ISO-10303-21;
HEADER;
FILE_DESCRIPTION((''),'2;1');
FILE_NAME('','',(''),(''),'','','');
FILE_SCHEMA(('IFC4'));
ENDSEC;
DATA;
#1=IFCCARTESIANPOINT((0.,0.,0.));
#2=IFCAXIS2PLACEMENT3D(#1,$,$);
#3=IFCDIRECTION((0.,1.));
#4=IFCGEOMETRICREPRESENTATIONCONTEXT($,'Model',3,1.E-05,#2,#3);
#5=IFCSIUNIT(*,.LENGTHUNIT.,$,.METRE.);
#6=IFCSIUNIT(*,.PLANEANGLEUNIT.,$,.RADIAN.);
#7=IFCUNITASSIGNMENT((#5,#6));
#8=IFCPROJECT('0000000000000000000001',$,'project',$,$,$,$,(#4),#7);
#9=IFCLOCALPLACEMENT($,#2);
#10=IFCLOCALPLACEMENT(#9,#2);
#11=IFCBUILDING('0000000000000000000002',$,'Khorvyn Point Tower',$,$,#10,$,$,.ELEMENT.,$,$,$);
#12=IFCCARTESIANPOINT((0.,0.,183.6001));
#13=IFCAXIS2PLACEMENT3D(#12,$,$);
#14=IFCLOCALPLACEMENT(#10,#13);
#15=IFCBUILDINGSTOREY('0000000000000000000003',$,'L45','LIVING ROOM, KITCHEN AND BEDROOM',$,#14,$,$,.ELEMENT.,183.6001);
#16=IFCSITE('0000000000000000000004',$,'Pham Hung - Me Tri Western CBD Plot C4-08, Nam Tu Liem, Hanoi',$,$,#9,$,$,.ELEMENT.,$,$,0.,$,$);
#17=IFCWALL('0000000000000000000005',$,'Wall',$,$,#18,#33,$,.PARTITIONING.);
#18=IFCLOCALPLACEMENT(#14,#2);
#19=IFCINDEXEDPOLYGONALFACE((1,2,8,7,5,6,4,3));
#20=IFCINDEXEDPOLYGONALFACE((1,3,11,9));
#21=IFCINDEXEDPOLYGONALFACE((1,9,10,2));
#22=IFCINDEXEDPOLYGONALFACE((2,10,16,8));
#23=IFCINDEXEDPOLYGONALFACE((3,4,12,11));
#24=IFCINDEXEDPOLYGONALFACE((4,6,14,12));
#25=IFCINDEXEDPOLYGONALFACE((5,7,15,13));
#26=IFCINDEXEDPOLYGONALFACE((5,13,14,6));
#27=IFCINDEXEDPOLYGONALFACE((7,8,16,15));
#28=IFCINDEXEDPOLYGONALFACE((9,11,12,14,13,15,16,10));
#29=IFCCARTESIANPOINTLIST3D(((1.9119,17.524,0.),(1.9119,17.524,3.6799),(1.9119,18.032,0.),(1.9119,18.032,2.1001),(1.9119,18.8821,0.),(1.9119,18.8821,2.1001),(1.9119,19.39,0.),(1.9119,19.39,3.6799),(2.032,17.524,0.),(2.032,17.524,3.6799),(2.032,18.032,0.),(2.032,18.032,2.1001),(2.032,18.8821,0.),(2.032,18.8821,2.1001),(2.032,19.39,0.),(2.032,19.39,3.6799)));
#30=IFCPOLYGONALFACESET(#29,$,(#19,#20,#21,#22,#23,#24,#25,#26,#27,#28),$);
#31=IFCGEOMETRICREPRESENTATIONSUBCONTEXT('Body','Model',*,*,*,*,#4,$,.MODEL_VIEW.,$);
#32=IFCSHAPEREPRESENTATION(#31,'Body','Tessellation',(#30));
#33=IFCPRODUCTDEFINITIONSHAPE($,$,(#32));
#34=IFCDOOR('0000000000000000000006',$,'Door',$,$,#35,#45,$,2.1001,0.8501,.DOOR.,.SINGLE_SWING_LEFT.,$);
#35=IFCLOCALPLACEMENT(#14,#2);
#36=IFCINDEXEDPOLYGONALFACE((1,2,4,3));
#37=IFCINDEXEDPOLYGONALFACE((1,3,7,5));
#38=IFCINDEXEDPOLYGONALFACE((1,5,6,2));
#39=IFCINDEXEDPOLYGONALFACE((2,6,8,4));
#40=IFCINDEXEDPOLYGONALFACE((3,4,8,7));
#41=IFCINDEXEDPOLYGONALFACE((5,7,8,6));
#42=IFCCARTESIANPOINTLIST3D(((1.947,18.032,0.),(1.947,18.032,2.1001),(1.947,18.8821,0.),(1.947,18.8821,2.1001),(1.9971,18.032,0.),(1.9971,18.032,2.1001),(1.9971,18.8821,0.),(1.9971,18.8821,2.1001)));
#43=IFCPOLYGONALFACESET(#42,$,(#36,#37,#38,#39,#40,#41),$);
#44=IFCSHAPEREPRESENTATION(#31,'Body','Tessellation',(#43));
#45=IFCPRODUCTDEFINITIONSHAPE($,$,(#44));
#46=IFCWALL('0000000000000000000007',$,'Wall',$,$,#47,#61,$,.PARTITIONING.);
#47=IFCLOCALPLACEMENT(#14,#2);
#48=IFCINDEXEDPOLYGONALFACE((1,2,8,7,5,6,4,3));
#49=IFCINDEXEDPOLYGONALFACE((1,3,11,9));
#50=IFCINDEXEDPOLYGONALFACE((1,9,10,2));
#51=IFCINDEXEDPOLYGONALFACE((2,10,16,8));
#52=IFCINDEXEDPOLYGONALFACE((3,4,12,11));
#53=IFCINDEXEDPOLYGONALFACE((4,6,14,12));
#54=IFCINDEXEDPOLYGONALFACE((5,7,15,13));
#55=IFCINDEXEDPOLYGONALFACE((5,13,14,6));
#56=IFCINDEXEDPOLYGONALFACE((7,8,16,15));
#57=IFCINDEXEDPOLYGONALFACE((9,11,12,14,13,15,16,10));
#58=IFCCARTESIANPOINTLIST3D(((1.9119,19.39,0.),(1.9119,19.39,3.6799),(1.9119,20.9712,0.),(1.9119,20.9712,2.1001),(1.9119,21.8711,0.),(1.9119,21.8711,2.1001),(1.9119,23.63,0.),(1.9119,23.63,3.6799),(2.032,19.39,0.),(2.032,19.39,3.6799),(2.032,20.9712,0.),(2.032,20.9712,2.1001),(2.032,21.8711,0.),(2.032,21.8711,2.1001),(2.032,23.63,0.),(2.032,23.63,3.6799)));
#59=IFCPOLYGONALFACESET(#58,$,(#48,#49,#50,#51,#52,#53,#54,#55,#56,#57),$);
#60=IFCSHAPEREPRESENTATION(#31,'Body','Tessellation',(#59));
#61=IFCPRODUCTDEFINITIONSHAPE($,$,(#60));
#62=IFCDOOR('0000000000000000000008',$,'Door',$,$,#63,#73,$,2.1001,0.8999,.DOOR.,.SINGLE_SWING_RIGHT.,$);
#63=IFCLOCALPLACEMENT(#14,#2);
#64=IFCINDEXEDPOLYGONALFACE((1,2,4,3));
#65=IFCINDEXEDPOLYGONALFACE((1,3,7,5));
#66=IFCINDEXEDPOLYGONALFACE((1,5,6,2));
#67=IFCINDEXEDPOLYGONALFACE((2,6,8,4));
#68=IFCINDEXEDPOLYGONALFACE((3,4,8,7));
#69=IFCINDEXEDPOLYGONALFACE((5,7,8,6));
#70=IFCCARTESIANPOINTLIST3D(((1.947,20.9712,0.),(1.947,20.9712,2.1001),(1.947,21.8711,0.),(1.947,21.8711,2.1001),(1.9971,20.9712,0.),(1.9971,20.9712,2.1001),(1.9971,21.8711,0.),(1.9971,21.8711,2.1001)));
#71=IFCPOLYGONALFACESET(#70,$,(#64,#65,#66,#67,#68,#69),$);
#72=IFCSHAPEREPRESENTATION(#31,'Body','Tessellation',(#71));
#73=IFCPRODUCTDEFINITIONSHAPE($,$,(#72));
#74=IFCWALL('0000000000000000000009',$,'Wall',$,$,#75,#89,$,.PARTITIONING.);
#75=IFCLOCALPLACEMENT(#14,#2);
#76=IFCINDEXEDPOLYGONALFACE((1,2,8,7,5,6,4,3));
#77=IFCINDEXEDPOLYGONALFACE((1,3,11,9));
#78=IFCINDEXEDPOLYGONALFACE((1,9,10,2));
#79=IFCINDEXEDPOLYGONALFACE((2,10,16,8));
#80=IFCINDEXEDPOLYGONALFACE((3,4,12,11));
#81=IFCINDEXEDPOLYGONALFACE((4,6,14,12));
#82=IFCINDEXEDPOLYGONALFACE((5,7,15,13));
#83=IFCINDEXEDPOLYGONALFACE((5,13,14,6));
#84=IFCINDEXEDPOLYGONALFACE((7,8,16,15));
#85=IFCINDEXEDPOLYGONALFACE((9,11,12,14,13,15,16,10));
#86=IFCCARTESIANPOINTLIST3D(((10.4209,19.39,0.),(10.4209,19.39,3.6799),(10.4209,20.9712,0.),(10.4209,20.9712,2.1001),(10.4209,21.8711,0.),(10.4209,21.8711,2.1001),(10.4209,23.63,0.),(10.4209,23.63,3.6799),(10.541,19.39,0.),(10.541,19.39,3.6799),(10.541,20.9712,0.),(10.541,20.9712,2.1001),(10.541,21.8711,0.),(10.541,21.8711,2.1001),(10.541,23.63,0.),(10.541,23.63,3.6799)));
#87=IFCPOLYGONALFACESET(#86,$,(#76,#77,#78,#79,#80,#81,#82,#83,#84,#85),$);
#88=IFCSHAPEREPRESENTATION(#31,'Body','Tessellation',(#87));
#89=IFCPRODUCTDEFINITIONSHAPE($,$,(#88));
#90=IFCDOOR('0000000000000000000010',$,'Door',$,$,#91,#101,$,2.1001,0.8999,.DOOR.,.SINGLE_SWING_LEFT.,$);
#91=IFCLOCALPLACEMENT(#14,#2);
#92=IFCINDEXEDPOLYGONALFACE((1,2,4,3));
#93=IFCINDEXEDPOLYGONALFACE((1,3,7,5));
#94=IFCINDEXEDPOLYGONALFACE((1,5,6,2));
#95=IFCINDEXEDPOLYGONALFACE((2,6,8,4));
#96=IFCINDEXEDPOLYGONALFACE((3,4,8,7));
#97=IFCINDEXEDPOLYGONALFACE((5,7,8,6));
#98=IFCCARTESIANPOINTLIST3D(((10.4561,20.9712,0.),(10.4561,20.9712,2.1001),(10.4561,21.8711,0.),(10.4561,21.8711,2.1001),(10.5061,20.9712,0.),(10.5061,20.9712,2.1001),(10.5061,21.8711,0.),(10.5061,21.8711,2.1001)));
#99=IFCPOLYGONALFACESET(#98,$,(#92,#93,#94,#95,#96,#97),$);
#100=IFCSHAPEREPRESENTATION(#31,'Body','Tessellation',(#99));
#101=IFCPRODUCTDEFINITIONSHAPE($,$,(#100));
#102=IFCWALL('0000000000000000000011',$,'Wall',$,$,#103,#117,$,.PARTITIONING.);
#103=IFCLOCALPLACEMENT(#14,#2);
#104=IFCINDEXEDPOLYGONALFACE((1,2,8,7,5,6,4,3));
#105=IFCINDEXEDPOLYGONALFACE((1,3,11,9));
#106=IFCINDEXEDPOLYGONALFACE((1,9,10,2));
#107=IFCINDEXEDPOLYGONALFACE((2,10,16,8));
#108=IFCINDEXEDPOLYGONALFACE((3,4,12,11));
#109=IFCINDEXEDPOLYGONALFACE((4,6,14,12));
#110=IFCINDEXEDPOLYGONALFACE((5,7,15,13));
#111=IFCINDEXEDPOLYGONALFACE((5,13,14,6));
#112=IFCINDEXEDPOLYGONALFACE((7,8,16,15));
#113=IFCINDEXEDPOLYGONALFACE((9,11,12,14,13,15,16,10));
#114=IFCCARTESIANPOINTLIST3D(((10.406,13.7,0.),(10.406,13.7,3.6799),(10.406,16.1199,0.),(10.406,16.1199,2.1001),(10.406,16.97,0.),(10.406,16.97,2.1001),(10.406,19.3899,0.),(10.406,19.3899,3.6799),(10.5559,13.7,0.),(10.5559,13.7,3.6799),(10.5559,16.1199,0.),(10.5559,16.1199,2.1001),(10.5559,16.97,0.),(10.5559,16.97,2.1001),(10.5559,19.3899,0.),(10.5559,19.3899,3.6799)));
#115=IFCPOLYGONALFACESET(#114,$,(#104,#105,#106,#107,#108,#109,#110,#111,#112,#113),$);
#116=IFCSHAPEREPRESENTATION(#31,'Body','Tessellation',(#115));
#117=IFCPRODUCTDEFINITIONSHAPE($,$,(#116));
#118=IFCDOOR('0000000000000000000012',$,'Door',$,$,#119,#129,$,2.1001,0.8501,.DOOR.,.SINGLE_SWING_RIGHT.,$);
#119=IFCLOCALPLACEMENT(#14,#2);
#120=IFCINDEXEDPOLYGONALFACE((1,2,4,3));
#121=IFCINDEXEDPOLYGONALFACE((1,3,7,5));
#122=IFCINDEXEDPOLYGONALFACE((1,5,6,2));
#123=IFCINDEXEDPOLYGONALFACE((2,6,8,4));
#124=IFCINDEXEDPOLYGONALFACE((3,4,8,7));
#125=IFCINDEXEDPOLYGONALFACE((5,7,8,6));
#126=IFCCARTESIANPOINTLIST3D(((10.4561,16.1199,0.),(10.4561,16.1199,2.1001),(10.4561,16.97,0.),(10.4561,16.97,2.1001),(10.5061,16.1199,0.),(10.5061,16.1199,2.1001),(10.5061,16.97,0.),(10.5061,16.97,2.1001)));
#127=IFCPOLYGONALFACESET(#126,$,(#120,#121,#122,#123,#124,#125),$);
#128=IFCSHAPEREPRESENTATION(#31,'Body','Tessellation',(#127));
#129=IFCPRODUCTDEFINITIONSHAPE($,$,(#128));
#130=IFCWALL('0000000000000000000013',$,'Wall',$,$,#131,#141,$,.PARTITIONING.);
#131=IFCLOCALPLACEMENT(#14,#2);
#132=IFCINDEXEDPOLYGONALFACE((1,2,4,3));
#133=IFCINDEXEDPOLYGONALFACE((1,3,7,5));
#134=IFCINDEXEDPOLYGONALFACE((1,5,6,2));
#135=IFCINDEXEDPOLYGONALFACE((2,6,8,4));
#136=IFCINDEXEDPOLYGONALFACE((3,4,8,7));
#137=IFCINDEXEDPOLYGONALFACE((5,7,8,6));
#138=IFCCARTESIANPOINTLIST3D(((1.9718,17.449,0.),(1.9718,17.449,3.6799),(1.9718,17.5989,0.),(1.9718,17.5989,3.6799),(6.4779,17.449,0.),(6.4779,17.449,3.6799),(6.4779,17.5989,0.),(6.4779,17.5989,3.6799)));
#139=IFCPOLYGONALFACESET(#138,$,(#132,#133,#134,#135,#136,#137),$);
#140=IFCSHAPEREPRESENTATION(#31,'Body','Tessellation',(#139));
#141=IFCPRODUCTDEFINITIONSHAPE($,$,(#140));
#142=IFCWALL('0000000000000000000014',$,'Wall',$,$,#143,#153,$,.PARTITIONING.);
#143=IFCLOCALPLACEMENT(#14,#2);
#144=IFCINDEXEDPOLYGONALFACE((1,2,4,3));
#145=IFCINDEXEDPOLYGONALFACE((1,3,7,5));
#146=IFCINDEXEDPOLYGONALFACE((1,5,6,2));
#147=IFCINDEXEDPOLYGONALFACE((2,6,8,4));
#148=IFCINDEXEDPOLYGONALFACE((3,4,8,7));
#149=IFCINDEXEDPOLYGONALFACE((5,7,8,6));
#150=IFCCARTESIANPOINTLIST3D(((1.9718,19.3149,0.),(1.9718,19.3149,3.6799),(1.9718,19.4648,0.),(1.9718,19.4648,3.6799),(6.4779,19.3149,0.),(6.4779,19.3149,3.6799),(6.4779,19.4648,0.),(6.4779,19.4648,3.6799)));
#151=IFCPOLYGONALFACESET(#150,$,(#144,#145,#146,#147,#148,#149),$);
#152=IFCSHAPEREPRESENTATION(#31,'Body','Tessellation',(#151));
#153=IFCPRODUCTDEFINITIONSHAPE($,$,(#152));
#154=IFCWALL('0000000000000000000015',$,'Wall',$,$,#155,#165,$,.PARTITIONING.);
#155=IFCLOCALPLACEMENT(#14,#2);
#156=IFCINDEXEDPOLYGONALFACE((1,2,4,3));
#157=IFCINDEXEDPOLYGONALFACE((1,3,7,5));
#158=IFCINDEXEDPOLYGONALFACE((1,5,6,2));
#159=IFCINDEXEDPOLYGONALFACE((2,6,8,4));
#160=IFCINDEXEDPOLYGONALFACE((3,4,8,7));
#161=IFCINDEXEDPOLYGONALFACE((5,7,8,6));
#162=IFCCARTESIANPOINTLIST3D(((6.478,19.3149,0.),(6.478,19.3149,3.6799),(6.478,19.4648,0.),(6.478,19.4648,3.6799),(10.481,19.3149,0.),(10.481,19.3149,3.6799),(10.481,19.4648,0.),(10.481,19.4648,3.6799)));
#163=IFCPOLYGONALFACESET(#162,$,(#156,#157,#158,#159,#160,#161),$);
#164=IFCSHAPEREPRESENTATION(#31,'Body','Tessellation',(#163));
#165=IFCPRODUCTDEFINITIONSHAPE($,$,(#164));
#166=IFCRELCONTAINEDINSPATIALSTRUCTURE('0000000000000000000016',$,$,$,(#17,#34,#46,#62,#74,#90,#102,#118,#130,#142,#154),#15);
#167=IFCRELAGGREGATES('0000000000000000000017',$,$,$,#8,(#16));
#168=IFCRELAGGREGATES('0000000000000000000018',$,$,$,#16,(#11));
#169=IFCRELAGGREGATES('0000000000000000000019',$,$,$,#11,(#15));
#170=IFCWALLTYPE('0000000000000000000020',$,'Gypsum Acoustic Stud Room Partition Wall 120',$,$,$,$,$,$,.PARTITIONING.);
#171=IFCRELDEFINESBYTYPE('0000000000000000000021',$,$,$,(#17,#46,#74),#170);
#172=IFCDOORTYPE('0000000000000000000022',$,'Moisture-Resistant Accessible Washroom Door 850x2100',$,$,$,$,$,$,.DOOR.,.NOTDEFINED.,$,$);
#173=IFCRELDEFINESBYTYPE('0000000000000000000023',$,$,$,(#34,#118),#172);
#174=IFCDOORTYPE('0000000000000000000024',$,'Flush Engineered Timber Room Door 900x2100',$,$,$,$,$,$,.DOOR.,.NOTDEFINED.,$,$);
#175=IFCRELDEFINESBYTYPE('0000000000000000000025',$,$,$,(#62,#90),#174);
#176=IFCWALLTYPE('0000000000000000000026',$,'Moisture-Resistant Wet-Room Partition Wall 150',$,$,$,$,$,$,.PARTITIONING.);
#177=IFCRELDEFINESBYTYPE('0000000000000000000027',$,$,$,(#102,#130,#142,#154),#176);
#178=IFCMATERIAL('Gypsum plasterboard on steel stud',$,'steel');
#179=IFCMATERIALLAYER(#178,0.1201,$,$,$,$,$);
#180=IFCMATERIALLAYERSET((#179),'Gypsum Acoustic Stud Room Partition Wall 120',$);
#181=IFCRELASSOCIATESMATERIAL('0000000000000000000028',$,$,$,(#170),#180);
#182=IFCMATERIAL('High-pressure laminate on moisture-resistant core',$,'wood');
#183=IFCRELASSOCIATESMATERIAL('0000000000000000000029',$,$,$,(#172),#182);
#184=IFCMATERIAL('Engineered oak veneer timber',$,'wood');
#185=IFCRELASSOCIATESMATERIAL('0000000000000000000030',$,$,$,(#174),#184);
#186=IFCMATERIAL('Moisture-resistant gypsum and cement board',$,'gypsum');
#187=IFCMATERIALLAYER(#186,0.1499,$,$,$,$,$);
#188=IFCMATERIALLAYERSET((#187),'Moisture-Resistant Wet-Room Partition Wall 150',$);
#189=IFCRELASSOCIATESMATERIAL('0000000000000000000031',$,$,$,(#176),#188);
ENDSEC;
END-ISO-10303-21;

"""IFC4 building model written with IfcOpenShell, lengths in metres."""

from ifc_helpers import new_model, si_unit, direction, frame, frame_2d, origin, place, context, subcontext, project, spatial, rectangle, extrude, material, layer, layer_set, type_object, element, fill, save


model = new_model("IFC4")

# Units and contexts
model_context = context("Model", 3, precision=1e-05, world=origin(), true_north=direction((0.0, 1.0)))
body_context = subcontext(model_context, "Body", "Model", "MODEL_VIEW")
ifc_project = project(units=[si_unit("LENGTHUNIT", "METRE"), si_unit("PLANEANGLEUNIT", "RADIAN")], contexts=[model_context])

# Site, building, storey
site_placement = place(None, origin())
site = spatial("IfcSite", under=ifc_project, at=site_placement, Name="Pham Hung - Me Tri Western CBD Plot C4-08, Nam Tu Liem, Hanoi", CompositionType="ELEMENT", RefElevation=0.0)
building_placement = place(site_placement, origin())
building = spatial("IfcBuilding", under=site, at=building_placement, Name="Khorvyn Point Tower", CompositionType="ELEMENT")
storey_placement = place(building_placement, frame((0.0, 0.0, 183.6001)))
storey = spatial("IfcBuildingStorey", under=building, at=storey_placement, Name="L45", Description="LIVING ROOM, KITCHEN AND BEDROOM", CompositionType="ELEMENT", Elevation=183.6001)

# Walls, openings, doors
ifc_material_1 = material(Name="Gypsum plasterboard on steel stud", Category="steel")
ifc_layer_1 = layer(ifc_material_1, 0.1201)
ifc_layer_set_1 = layer_set([ifc_layer_1], Name="Gypsum Acoustic Stud Room Partition Wall 120")
wall_type_1 = type_object("IfcWallType", Name="Gypsum Acoustic Stud Room Partition Wall 120", PredefinedType="PARTITIONING", material=ifc_layer_set_1)
wall_1_placement = place(storey_placement, frame((1.9719, 17.5239, 0.0), z_axis=(0.0, 0.0, 1.0), x_axis=(0.0, 1.0, 0.0)))
wall_1 = element("IfcWall", 1, at=wall_1_placement, inside=storey, type_object=wall_type_1, Name="Wall", PredefinedType="PARTITIONING", context=body_context, shape_type="SweptSolid", body=[
    extrude(rectangle(XDim=1.866, YDim=0.1201, at=frame_2d((0.9331, 0.0))), origin(), (0.0, 0.0, 1.0), 3.6799),
])
opening_1_placement = place(wall_1_placement, frame((0.5081, 0.0, 0.0)))
opening_1 = element("IfcOpeningElement", 2, at=opening_1_placement, cuts=wall_1, PredefinedType="OPENING", context=body_context, shape_type="SweptSolid", body=[
    extrude(rectangle(XDim=0.8501, YDim=2.1001, at=frame_2d((0.425, 1.05))), frame((0.0, 0.0701, 0.0), z_axis=(0.0, -1.0, 0.0), x_axis=(1.0, 0.0, 0.0)), (0.0, 0.0, 1.0), 0.1401),
])
ifc_material_2 = material(Name="High-pressure laminate on moisture-resistant core", Category="wood")
door_type_1 = type_object("IfcDoorType", Name="Moisture-Resistant Accessible Washroom Door 850x2100", OperationType="NOTDEFINED", PredefinedType="DOOR", material=ifc_material_2)
door_1_placement = place(opening_1_placement, origin())
door_1 = element("IfcDoor", 3, at=door_1_placement, inside=storey, type_object=door_type_1, Name="Door", OperationType="SINGLE_SWING_LEFT", OverallHeight=2.1001, OverallWidth=0.8501, PredefinedType="DOOR", context=body_context, shape_type="SweptSolid", body=[
    extrude(rectangle(XDim=0.8501, YDim=2.1001, at=frame_2d((0.425, 1.05))), frame((0.0, 0.0249, 0.0), z_axis=(0.0, -1.0, 0.0), x_axis=(1.0, 0.0, 0.0)), (0.0, 0.0, 1.0), 0.05),
])
fill(opening_1, door_1)
wall_2_placement = place(storey_placement, frame((1.9719, 19.3899, 0.0), z_axis=(0.0, 0.0, 1.0), x_axis=(0.0, 1.0, 0.0)))
wall_2 = element("IfcWall", 4, at=wall_2_placement, inside=storey, type_object=wall_type_1, Name="Wall", PredefinedType="PARTITIONING", context=body_context, shape_type="SweptSolid", body=[
    extrude(rectangle(XDim=4.24, YDim=0.1201, at=frame_2d((2.1201, 0.0))), origin(), (0.0, 0.0, 1.0), 3.6799),
])
opening_2_placement = place(wall_2_placement, frame((1.5813, 0.0, 0.0)))
opening_2 = element("IfcOpeningElement", 5, at=opening_2_placement, cuts=wall_2, PredefinedType="OPENING", context=body_context, shape_type="SweptSolid", body=[
    extrude(rectangle(XDim=0.8999, YDim=2.1001, at=frame_2d((0.45, 1.05))), frame((0.0, 0.0701, 0.0), z_axis=(0.0, -1.0, 0.0), x_axis=(1.0, 0.0, 0.0)), (0.0, 0.0, 1.0), 0.1401),
])
ifc_material_3 = material(Name="Engineered oak veneer timber", Category="wood")
door_type_2 = type_object("IfcDoorType", Name="Flush Engineered Timber Room Door 900x2100", OperationType="NOTDEFINED", PredefinedType="DOOR", material=ifc_material_3)
door_2_placement = place(opening_2_placement, origin())
door_2 = element("IfcDoor", 6, at=door_2_placement, inside=storey, type_object=door_type_2, Name="Door", OperationType="SINGLE_SWING_RIGHT", OverallHeight=2.1001, OverallWidth=0.8999, PredefinedType="DOOR", context=body_context, shape_type="SweptSolid", body=[
    extrude(rectangle(XDim=0.8999, YDim=2.1001, at=frame_2d((0.45, 1.05))), frame((0.0, 0.0249, 0.0), z_axis=(0.0, -1.0, 0.0), x_axis=(1.0, 0.0, 0.0)), (0.0, 0.0, 1.0), 0.05),
])
fill(opening_2, door_2)
wall_3_placement = place(storey_placement, frame((10.481, 19.3899, 0.0), z_axis=(0.0, 0.0, 1.0), x_axis=(0.0, 1.0, 0.0)))
wall_3 = element("IfcWall", 7, at=wall_3_placement, inside=storey, type_object=wall_type_1, Name="Wall", PredefinedType="PARTITIONING", context=body_context, shape_type="SweptSolid", body=[
    extrude(rectangle(XDim=4.24, YDim=0.1201, at=frame_2d((2.1201, 0.0))), origin(), (0.0, 0.0, 1.0), 3.6799),
])
opening_3_placement = place(wall_3_placement, frame((1.5813, 0.0, 0.0)))
opening_3 = element("IfcOpeningElement", 8, at=opening_3_placement, cuts=wall_3, PredefinedType="OPENING", context=body_context, shape_type="SweptSolid", body=[
    extrude(rectangle(XDim=0.8999, YDim=2.1001, at=frame_2d((0.45, 1.05))), frame((0.0, 0.0701, 0.0), z_axis=(0.0, -1.0, 0.0), x_axis=(1.0, 0.0, 0.0)), (0.0, 0.0, 1.0), 0.1401),
])
door_3_placement = place(opening_3_placement, origin())
door_3 = element("IfcDoor", 9, at=door_3_placement, inside=storey, type_object=door_type_2, Name="Door", OperationType="SINGLE_SWING_LEFT", OverallHeight=2.1001, OverallWidth=0.8999, PredefinedType="DOOR", context=body_context, shape_type="SweptSolid", body=[
    extrude(rectangle(XDim=0.8999, YDim=2.1001, at=frame_2d((0.45, 1.05))), frame((0.0, 0.0249, 0.0), z_axis=(0.0, -1.0, 0.0), x_axis=(1.0, 0.0, 0.0)), (0.0, 0.0, 1.0), 0.05),
])
fill(opening_3, door_3)
ifc_material_4 = material(Name="Moisture-resistant gypsum and cement board", Category="gypsum")
ifc_layer_2 = layer(ifc_material_4, 0.1499)
ifc_layer_set_2 = layer_set([ifc_layer_2], Name="Moisture-Resistant Wet-Room Partition Wall 150")
wall_type_2 = type_object("IfcWallType", Name="Moisture-Resistant Wet-Room Partition Wall 150", PredefinedType="PARTITIONING", material=ifc_layer_set_2)
wall_4_placement = place(storey_placement, frame((10.481, 13.7, 0.0), z_axis=(0.0, 0.0, 1.0), x_axis=(0.0, 1.0, 0.0)))
wall_4 = element("IfcWall", 10, at=wall_4_placement, inside=storey, type_object=wall_type_2, Name="Wall", PredefinedType="PARTITIONING", context=body_context, shape_type="SweptSolid", body=[
    extrude(rectangle(XDim=5.6899, YDim=0.1499, at=frame_2d((2.845, 0.0))), origin(), (0.0, 0.0, 1.0), 3.6799),
])
opening_4_placement = place(wall_4_placement, frame((2.4199, 0.0, 0.0)))
opening_4 = element("IfcOpeningElement", 11, at=opening_4_placement, cuts=wall_4, PredefinedType="OPENING", context=body_context, shape_type="SweptSolid", body=[
    extrude(rectangle(XDim=0.8501, YDim=2.1001, at=frame_2d((0.425, 1.05))), frame((0.0, 0.085, 0.0), z_axis=(0.0, -1.0, 0.0), x_axis=(1.0, 0.0, 0.0)), (0.0, 0.0, 1.0), 0.1699),
])
door_4_placement = place(opening_4_placement, origin())
door_4 = element("IfcDoor", 12, at=door_4_placement, inside=storey, type_object=door_type_1, Name="Door", OperationType="SINGLE_SWING_RIGHT", OverallHeight=2.1001, OverallWidth=0.8501, PredefinedType="DOOR", context=body_context, shape_type="SweptSolid", body=[
    extrude(rectangle(XDim=0.8501, YDim=2.1001, at=frame_2d((0.425, 1.05))), frame((0.0, 0.0249, 0.0), z_axis=(0.0, -1.0, 0.0), x_axis=(1.0, 0.0, 0.0)), (0.0, 0.0, 1.0), 0.05),
])
fill(opening_4, door_4)

# Walls
for number, where, z_axis, x_axis, name in (
    (13, (1.9719, 17.5239, 0.0), (0.0, 0.0, 1.0), (1.0, 0.0, 0.0), "Wall"),
    (14, (1.9719, 19.3899, 0.0), (0.0, 0.0, 1.0), (1.0, 0.0, 0.0), "Wall"),
):
    element("IfcWall", number, at=place(storey_placement, frame(where, z_axis=z_axis, x_axis=x_axis)), inside=storey, type_object=wall_type_2, Name=name, PredefinedType="PARTITIONING", context=body_context, shape_type="SweptSolid", body=[
        extrude(rectangle(XDim=4.5061, YDim=0.1499, at=frame_2d((2.2529, 0.0))), origin(), (0.0, 0.0, 1.0), 3.6799),
    ])
wall_5_placement = place(storey_placement, frame((6.478, 19.3899, 0.0), z_axis=(0.0, 0.0, 1.0), x_axis=(1.0, 0.0, 0.0)))
element("IfcWall", 15, at=wall_5_placement, inside=storey, type_object=wall_type_2, Name="Wall", PredefinedType="PARTITIONING", context=body_context, shape_type="SweptSolid", body=[
    extrude(rectangle(XDim=4.0029, YDim=0.1499, at=frame_2d((2.0015, 0.0))), origin(), (0.0, 0.0, 1.0), 3.6799),
])

save(model, "model.ifc")
